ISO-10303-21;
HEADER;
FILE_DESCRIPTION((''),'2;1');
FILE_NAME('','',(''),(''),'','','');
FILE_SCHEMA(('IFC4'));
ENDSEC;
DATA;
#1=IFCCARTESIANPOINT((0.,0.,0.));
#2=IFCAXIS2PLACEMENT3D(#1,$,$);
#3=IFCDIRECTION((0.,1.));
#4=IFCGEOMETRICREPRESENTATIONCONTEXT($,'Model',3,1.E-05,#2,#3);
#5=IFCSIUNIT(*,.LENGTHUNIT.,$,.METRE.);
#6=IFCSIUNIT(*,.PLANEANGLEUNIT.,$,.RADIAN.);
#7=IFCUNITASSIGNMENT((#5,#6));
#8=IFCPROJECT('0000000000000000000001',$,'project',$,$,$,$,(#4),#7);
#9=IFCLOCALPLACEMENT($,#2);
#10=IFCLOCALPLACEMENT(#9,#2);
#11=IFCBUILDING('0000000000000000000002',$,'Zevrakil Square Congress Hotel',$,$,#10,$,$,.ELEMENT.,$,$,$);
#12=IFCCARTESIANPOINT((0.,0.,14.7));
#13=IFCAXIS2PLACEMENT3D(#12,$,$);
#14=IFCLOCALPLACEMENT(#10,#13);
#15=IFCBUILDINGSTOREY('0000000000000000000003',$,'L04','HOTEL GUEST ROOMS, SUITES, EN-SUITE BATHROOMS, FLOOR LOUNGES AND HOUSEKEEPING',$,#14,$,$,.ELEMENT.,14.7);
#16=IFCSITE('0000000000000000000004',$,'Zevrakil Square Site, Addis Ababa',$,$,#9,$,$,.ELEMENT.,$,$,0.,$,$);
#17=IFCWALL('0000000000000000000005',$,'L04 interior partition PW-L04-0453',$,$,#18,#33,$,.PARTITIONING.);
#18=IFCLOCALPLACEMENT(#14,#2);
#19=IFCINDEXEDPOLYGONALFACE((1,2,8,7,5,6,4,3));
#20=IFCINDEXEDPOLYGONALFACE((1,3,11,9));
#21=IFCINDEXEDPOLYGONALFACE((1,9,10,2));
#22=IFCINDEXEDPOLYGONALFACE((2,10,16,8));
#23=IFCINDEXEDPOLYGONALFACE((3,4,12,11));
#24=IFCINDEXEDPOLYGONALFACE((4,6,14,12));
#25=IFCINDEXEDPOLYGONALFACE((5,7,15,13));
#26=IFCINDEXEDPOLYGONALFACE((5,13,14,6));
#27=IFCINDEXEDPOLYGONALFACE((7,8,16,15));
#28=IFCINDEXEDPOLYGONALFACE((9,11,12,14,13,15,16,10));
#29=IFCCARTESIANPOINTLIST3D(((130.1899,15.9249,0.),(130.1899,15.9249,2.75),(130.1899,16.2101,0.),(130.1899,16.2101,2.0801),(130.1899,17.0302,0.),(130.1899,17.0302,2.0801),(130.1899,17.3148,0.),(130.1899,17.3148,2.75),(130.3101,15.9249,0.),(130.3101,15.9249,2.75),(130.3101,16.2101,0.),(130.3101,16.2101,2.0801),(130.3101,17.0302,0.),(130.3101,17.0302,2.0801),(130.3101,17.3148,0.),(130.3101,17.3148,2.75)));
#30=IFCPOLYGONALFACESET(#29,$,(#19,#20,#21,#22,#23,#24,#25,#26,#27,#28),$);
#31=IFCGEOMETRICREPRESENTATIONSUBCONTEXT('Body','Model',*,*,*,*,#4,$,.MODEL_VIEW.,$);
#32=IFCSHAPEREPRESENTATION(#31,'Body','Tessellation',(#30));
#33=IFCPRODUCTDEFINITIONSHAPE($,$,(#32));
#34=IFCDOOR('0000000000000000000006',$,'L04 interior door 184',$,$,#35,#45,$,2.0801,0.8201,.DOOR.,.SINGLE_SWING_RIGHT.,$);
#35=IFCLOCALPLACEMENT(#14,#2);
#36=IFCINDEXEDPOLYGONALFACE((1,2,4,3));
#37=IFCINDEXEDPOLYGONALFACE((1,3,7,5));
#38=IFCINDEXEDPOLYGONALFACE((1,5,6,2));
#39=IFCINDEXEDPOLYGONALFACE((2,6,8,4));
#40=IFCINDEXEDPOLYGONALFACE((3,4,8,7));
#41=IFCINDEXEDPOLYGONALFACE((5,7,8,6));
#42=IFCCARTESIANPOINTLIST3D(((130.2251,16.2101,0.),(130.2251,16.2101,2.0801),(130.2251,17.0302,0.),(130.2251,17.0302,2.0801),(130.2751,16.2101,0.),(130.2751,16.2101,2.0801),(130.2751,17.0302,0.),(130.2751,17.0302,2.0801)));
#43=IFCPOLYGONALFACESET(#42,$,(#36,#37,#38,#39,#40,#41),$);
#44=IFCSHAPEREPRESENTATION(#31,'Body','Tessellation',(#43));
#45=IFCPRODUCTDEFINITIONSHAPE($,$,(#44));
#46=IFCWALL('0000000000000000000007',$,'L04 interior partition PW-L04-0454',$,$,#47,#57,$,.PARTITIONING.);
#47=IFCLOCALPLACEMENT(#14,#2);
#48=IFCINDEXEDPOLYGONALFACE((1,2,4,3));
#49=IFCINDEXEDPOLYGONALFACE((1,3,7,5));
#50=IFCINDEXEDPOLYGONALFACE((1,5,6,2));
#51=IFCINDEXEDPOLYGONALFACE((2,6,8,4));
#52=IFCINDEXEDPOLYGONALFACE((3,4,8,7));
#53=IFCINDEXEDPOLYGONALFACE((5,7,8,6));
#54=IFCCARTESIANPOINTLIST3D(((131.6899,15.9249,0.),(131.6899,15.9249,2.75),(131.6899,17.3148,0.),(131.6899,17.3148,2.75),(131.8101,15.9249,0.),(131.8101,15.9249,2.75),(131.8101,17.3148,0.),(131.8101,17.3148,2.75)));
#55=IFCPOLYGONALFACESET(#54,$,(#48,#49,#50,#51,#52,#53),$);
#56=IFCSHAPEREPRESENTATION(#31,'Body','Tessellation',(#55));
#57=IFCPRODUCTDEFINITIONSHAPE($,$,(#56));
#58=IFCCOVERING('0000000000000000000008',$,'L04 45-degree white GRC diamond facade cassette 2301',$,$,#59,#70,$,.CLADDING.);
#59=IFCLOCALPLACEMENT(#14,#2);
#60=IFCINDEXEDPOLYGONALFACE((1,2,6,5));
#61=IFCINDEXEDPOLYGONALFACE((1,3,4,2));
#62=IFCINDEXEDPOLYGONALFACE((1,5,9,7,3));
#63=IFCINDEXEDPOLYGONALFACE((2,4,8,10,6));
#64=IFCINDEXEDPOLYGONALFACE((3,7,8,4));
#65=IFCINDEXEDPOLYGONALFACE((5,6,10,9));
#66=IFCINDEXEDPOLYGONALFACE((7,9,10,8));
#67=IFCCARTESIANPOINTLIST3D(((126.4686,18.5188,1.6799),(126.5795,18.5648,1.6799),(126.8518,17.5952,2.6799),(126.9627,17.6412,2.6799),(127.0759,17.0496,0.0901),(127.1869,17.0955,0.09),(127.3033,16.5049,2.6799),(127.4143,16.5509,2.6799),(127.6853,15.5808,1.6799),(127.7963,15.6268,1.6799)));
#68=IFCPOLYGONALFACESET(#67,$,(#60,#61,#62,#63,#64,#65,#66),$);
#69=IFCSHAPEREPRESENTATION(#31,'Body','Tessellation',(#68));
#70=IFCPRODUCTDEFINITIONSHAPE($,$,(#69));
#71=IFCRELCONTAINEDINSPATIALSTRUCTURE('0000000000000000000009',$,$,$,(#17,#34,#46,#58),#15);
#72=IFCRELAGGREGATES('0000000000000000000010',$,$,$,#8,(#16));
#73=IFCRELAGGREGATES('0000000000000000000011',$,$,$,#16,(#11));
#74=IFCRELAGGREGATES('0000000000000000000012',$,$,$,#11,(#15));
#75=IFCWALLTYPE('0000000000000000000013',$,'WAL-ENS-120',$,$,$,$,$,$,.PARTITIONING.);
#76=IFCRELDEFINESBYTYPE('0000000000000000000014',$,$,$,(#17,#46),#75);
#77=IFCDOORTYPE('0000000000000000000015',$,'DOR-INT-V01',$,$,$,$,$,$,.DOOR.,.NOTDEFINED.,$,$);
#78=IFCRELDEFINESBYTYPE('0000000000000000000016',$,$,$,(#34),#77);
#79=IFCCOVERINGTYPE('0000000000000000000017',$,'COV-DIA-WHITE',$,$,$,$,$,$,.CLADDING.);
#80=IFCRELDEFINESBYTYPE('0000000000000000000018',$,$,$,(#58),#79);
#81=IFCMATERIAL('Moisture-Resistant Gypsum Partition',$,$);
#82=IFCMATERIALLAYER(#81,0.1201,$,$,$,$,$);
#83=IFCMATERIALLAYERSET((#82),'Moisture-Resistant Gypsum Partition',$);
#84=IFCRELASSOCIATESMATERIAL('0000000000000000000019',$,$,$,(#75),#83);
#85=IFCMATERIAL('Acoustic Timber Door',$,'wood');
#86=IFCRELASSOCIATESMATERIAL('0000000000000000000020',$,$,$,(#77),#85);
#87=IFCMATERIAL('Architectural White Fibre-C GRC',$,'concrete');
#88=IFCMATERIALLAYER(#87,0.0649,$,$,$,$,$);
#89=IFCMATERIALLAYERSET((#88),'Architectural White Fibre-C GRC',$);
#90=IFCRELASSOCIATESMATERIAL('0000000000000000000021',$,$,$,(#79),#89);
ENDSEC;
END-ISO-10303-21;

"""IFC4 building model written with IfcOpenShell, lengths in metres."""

from ifc_helpers import new_model, si_unit, direction, frame, frame_2d, origin, place, context, subcontext, project, spatial, polyline, rectangle, outline, extrude, material, layer, layer_set, type_object, element, fill, save


model = new_model("IFC4")

# Units and contexts
model_context = context("Model", 3, precision=1e-05, world=origin(), true_north=direction((0.0, 1.0)))
body_context = subcontext(model_context, "Body", "Model", "MODEL_VIEW")
ifc_project = project(units=[si_unit("LENGTHUNIT", "METRE"), si_unit("PLANEANGLEUNIT", "RADIAN")], contexts=[model_context])

# Site, building, storey
site_placement = place(None, origin())
site = spatial("IfcSite", under=ifc_project, at=site_placement, Name="Zevrakil Square Site, Addis Ababa", CompositionType="ELEMENT", RefElevation=0.0)
building_placement = place(site_placement, origin())
building = spatial("IfcBuilding", under=site, at=building_placement, Name="Zevrakil Square Congress Hotel", CompositionType="ELEMENT")
storey_placement = place(building_placement, frame((0.0, 0.0, 14.7)))
storey = spatial("IfcBuildingStorey", under=building, at=storey_placement, Name="L04", Description="HOTEL GUEST ROOMS, SUITES, EN-SUITE BATHROOMS, FLOOR LOUNGES AND HOUSEKEEPING", CompositionType="ELEMENT", Elevation=14.7)

# Shared definitions
ifc_material_1 = material(Name="Moisture-Resistant Gypsum Partition")
ifc_layer_1 = layer(ifc_material_1, 0.1201)
ifc_layer_set_1 = layer_set([ifc_layer_1], Name="Moisture-Resistant Gypsum Partition")
wall_type = type_object("IfcWallType", Name="WAL-ENS-120", PredefinedType="PARTITIONING", material=ifc_layer_set_1)

# Shared definitions
ifc_material_2 = material(Name="Acoustic Timber Door", Category="wood")
door_type = type_object("IfcDoorType", Name="DOR-INT-V01", OperationType="NOTDEFINED", PredefinedType="DOOR", material=ifc_material_2)

# Wall, opening, door
wall_1_placement = place(storey_placement, frame((130.25, 15.925, 0.0), z_axis=(0.0, 0.0, 1.0), x_axis=(0.0, 1.0, 0.0)))
wall_1 = element("IfcWall", 1, at=wall_1_placement, inside=storey, type_object=wall_type, Name="L04 interior partition PW-L04-0453", PredefinedType="PARTITIONING", context=body_context, shape_type="SweptSolid", body=[
    extrude(rectangle(XDim=1.3899, YDim=0.1201, at=frame_2d((0.6948, 0.0))), origin(), (0.0, 0.0, 1.0), 2.75),
])
opening_1_placement = place(wall_1_placement, frame((0.2849, 0.0, 0.0)))
opening_1 = element("IfcOpeningElement", 2, at=opening_1_placement, cuts=wall_1, PredefinedType="OPENING", context=body_context, shape_type="SweptSolid", body=[
    extrude(rectangle(XDim=0.8201, YDim=2.0801, at=frame_2d((0.4102, 1.04))), frame((0.0, 0.0701, 0.0), z_axis=(0.0, -1.0, 0.0), x_axis=(1.0, 0.0, 0.0)), (0.0, 0.0, 1.0), 0.1401),
])
door_1_placement = place(opening_1_placement, origin())
door_1 = element("IfcDoor", 3, at=door_1_placement, inside=storey, type_object=door_type, Name="L04 interior door 184", OperationType="SINGLE_SWING_RIGHT", OverallHeight=2.0801, OverallWidth=0.8201, PredefinedType="DOOR", context=body_context, shape_type="SweptSolid", body=[
    extrude(rectangle(XDim=0.8201, YDim=2.0801, at=frame_2d((0.4102, 1.04))), frame((0.0, 0.0249, 0.0), z_axis=(0.0, -1.0, 0.0), x_axis=(1.0, 0.0, 0.0)), (0.0, 0.0, 1.0), 0.05),
])
fill(opening_1, door_1)

# Wall
wall_2_placement = place(storey_placement, frame((131.75, 15.925, 0.0), z_axis=(0.0, 0.0, 1.0), x_axis=(0.0, 1.0, 0.0)))
element("IfcWall", 4, at=wall_2_placement, inside=storey, type_object=wall_type, Name="L04 interior partition PW-L04-0454", PredefinedType="PARTITIONING", context=body_context, shape_type="SweptSolid", body=[
    extrude(rectangle(XDim=1.3899, YDim=0.1201, at=frame_2d((0.6948, 0.0))), origin(), (0.0, 0.0, 1.0), 2.75),
])

# Covering
ifc_material_3 = material(Name="Architectural White Fibre-C GRC", Category="concrete")
ifc_layer_2 = layer(ifc_material_3, 0.0649)
ifc_layer_set_2 = layer_set([ifc_layer_2], Name="Architectural White Fibre-C GRC")
covering_type = type_object("IfcCoveringType", Name="COV-DIA-WHITE", PredefinedType="CLADDING", material=ifc_layer_set_2)
covering_placement = place(storey_placement, frame((127.6853, 15.5808, 1.6799), z_axis=(-0.923903, -0.382627, 0.000641), x_axis=(-0.271002, 0.653187, -0.70704)))
element("IfcCovering", 5, at=covering_placement, inside=storey, type_object=covering_type, Name="L04 45-degree white GRC diamond facade cassette 2301", PredefinedType="CLADDING", context=body_context, shape_type="SweptSolid", body=[
    extrude(outline(polyline([(0.0, 0.0), (2.2486, 0.0), (2.2488, -2.2484), (0.8346, -2.2485), (0.0001, -1.4142), (0.0, 0.0)])), origin(), (0.0, 0.0, -1.0), 0.1201),
])

save(model, "model.ifc")
